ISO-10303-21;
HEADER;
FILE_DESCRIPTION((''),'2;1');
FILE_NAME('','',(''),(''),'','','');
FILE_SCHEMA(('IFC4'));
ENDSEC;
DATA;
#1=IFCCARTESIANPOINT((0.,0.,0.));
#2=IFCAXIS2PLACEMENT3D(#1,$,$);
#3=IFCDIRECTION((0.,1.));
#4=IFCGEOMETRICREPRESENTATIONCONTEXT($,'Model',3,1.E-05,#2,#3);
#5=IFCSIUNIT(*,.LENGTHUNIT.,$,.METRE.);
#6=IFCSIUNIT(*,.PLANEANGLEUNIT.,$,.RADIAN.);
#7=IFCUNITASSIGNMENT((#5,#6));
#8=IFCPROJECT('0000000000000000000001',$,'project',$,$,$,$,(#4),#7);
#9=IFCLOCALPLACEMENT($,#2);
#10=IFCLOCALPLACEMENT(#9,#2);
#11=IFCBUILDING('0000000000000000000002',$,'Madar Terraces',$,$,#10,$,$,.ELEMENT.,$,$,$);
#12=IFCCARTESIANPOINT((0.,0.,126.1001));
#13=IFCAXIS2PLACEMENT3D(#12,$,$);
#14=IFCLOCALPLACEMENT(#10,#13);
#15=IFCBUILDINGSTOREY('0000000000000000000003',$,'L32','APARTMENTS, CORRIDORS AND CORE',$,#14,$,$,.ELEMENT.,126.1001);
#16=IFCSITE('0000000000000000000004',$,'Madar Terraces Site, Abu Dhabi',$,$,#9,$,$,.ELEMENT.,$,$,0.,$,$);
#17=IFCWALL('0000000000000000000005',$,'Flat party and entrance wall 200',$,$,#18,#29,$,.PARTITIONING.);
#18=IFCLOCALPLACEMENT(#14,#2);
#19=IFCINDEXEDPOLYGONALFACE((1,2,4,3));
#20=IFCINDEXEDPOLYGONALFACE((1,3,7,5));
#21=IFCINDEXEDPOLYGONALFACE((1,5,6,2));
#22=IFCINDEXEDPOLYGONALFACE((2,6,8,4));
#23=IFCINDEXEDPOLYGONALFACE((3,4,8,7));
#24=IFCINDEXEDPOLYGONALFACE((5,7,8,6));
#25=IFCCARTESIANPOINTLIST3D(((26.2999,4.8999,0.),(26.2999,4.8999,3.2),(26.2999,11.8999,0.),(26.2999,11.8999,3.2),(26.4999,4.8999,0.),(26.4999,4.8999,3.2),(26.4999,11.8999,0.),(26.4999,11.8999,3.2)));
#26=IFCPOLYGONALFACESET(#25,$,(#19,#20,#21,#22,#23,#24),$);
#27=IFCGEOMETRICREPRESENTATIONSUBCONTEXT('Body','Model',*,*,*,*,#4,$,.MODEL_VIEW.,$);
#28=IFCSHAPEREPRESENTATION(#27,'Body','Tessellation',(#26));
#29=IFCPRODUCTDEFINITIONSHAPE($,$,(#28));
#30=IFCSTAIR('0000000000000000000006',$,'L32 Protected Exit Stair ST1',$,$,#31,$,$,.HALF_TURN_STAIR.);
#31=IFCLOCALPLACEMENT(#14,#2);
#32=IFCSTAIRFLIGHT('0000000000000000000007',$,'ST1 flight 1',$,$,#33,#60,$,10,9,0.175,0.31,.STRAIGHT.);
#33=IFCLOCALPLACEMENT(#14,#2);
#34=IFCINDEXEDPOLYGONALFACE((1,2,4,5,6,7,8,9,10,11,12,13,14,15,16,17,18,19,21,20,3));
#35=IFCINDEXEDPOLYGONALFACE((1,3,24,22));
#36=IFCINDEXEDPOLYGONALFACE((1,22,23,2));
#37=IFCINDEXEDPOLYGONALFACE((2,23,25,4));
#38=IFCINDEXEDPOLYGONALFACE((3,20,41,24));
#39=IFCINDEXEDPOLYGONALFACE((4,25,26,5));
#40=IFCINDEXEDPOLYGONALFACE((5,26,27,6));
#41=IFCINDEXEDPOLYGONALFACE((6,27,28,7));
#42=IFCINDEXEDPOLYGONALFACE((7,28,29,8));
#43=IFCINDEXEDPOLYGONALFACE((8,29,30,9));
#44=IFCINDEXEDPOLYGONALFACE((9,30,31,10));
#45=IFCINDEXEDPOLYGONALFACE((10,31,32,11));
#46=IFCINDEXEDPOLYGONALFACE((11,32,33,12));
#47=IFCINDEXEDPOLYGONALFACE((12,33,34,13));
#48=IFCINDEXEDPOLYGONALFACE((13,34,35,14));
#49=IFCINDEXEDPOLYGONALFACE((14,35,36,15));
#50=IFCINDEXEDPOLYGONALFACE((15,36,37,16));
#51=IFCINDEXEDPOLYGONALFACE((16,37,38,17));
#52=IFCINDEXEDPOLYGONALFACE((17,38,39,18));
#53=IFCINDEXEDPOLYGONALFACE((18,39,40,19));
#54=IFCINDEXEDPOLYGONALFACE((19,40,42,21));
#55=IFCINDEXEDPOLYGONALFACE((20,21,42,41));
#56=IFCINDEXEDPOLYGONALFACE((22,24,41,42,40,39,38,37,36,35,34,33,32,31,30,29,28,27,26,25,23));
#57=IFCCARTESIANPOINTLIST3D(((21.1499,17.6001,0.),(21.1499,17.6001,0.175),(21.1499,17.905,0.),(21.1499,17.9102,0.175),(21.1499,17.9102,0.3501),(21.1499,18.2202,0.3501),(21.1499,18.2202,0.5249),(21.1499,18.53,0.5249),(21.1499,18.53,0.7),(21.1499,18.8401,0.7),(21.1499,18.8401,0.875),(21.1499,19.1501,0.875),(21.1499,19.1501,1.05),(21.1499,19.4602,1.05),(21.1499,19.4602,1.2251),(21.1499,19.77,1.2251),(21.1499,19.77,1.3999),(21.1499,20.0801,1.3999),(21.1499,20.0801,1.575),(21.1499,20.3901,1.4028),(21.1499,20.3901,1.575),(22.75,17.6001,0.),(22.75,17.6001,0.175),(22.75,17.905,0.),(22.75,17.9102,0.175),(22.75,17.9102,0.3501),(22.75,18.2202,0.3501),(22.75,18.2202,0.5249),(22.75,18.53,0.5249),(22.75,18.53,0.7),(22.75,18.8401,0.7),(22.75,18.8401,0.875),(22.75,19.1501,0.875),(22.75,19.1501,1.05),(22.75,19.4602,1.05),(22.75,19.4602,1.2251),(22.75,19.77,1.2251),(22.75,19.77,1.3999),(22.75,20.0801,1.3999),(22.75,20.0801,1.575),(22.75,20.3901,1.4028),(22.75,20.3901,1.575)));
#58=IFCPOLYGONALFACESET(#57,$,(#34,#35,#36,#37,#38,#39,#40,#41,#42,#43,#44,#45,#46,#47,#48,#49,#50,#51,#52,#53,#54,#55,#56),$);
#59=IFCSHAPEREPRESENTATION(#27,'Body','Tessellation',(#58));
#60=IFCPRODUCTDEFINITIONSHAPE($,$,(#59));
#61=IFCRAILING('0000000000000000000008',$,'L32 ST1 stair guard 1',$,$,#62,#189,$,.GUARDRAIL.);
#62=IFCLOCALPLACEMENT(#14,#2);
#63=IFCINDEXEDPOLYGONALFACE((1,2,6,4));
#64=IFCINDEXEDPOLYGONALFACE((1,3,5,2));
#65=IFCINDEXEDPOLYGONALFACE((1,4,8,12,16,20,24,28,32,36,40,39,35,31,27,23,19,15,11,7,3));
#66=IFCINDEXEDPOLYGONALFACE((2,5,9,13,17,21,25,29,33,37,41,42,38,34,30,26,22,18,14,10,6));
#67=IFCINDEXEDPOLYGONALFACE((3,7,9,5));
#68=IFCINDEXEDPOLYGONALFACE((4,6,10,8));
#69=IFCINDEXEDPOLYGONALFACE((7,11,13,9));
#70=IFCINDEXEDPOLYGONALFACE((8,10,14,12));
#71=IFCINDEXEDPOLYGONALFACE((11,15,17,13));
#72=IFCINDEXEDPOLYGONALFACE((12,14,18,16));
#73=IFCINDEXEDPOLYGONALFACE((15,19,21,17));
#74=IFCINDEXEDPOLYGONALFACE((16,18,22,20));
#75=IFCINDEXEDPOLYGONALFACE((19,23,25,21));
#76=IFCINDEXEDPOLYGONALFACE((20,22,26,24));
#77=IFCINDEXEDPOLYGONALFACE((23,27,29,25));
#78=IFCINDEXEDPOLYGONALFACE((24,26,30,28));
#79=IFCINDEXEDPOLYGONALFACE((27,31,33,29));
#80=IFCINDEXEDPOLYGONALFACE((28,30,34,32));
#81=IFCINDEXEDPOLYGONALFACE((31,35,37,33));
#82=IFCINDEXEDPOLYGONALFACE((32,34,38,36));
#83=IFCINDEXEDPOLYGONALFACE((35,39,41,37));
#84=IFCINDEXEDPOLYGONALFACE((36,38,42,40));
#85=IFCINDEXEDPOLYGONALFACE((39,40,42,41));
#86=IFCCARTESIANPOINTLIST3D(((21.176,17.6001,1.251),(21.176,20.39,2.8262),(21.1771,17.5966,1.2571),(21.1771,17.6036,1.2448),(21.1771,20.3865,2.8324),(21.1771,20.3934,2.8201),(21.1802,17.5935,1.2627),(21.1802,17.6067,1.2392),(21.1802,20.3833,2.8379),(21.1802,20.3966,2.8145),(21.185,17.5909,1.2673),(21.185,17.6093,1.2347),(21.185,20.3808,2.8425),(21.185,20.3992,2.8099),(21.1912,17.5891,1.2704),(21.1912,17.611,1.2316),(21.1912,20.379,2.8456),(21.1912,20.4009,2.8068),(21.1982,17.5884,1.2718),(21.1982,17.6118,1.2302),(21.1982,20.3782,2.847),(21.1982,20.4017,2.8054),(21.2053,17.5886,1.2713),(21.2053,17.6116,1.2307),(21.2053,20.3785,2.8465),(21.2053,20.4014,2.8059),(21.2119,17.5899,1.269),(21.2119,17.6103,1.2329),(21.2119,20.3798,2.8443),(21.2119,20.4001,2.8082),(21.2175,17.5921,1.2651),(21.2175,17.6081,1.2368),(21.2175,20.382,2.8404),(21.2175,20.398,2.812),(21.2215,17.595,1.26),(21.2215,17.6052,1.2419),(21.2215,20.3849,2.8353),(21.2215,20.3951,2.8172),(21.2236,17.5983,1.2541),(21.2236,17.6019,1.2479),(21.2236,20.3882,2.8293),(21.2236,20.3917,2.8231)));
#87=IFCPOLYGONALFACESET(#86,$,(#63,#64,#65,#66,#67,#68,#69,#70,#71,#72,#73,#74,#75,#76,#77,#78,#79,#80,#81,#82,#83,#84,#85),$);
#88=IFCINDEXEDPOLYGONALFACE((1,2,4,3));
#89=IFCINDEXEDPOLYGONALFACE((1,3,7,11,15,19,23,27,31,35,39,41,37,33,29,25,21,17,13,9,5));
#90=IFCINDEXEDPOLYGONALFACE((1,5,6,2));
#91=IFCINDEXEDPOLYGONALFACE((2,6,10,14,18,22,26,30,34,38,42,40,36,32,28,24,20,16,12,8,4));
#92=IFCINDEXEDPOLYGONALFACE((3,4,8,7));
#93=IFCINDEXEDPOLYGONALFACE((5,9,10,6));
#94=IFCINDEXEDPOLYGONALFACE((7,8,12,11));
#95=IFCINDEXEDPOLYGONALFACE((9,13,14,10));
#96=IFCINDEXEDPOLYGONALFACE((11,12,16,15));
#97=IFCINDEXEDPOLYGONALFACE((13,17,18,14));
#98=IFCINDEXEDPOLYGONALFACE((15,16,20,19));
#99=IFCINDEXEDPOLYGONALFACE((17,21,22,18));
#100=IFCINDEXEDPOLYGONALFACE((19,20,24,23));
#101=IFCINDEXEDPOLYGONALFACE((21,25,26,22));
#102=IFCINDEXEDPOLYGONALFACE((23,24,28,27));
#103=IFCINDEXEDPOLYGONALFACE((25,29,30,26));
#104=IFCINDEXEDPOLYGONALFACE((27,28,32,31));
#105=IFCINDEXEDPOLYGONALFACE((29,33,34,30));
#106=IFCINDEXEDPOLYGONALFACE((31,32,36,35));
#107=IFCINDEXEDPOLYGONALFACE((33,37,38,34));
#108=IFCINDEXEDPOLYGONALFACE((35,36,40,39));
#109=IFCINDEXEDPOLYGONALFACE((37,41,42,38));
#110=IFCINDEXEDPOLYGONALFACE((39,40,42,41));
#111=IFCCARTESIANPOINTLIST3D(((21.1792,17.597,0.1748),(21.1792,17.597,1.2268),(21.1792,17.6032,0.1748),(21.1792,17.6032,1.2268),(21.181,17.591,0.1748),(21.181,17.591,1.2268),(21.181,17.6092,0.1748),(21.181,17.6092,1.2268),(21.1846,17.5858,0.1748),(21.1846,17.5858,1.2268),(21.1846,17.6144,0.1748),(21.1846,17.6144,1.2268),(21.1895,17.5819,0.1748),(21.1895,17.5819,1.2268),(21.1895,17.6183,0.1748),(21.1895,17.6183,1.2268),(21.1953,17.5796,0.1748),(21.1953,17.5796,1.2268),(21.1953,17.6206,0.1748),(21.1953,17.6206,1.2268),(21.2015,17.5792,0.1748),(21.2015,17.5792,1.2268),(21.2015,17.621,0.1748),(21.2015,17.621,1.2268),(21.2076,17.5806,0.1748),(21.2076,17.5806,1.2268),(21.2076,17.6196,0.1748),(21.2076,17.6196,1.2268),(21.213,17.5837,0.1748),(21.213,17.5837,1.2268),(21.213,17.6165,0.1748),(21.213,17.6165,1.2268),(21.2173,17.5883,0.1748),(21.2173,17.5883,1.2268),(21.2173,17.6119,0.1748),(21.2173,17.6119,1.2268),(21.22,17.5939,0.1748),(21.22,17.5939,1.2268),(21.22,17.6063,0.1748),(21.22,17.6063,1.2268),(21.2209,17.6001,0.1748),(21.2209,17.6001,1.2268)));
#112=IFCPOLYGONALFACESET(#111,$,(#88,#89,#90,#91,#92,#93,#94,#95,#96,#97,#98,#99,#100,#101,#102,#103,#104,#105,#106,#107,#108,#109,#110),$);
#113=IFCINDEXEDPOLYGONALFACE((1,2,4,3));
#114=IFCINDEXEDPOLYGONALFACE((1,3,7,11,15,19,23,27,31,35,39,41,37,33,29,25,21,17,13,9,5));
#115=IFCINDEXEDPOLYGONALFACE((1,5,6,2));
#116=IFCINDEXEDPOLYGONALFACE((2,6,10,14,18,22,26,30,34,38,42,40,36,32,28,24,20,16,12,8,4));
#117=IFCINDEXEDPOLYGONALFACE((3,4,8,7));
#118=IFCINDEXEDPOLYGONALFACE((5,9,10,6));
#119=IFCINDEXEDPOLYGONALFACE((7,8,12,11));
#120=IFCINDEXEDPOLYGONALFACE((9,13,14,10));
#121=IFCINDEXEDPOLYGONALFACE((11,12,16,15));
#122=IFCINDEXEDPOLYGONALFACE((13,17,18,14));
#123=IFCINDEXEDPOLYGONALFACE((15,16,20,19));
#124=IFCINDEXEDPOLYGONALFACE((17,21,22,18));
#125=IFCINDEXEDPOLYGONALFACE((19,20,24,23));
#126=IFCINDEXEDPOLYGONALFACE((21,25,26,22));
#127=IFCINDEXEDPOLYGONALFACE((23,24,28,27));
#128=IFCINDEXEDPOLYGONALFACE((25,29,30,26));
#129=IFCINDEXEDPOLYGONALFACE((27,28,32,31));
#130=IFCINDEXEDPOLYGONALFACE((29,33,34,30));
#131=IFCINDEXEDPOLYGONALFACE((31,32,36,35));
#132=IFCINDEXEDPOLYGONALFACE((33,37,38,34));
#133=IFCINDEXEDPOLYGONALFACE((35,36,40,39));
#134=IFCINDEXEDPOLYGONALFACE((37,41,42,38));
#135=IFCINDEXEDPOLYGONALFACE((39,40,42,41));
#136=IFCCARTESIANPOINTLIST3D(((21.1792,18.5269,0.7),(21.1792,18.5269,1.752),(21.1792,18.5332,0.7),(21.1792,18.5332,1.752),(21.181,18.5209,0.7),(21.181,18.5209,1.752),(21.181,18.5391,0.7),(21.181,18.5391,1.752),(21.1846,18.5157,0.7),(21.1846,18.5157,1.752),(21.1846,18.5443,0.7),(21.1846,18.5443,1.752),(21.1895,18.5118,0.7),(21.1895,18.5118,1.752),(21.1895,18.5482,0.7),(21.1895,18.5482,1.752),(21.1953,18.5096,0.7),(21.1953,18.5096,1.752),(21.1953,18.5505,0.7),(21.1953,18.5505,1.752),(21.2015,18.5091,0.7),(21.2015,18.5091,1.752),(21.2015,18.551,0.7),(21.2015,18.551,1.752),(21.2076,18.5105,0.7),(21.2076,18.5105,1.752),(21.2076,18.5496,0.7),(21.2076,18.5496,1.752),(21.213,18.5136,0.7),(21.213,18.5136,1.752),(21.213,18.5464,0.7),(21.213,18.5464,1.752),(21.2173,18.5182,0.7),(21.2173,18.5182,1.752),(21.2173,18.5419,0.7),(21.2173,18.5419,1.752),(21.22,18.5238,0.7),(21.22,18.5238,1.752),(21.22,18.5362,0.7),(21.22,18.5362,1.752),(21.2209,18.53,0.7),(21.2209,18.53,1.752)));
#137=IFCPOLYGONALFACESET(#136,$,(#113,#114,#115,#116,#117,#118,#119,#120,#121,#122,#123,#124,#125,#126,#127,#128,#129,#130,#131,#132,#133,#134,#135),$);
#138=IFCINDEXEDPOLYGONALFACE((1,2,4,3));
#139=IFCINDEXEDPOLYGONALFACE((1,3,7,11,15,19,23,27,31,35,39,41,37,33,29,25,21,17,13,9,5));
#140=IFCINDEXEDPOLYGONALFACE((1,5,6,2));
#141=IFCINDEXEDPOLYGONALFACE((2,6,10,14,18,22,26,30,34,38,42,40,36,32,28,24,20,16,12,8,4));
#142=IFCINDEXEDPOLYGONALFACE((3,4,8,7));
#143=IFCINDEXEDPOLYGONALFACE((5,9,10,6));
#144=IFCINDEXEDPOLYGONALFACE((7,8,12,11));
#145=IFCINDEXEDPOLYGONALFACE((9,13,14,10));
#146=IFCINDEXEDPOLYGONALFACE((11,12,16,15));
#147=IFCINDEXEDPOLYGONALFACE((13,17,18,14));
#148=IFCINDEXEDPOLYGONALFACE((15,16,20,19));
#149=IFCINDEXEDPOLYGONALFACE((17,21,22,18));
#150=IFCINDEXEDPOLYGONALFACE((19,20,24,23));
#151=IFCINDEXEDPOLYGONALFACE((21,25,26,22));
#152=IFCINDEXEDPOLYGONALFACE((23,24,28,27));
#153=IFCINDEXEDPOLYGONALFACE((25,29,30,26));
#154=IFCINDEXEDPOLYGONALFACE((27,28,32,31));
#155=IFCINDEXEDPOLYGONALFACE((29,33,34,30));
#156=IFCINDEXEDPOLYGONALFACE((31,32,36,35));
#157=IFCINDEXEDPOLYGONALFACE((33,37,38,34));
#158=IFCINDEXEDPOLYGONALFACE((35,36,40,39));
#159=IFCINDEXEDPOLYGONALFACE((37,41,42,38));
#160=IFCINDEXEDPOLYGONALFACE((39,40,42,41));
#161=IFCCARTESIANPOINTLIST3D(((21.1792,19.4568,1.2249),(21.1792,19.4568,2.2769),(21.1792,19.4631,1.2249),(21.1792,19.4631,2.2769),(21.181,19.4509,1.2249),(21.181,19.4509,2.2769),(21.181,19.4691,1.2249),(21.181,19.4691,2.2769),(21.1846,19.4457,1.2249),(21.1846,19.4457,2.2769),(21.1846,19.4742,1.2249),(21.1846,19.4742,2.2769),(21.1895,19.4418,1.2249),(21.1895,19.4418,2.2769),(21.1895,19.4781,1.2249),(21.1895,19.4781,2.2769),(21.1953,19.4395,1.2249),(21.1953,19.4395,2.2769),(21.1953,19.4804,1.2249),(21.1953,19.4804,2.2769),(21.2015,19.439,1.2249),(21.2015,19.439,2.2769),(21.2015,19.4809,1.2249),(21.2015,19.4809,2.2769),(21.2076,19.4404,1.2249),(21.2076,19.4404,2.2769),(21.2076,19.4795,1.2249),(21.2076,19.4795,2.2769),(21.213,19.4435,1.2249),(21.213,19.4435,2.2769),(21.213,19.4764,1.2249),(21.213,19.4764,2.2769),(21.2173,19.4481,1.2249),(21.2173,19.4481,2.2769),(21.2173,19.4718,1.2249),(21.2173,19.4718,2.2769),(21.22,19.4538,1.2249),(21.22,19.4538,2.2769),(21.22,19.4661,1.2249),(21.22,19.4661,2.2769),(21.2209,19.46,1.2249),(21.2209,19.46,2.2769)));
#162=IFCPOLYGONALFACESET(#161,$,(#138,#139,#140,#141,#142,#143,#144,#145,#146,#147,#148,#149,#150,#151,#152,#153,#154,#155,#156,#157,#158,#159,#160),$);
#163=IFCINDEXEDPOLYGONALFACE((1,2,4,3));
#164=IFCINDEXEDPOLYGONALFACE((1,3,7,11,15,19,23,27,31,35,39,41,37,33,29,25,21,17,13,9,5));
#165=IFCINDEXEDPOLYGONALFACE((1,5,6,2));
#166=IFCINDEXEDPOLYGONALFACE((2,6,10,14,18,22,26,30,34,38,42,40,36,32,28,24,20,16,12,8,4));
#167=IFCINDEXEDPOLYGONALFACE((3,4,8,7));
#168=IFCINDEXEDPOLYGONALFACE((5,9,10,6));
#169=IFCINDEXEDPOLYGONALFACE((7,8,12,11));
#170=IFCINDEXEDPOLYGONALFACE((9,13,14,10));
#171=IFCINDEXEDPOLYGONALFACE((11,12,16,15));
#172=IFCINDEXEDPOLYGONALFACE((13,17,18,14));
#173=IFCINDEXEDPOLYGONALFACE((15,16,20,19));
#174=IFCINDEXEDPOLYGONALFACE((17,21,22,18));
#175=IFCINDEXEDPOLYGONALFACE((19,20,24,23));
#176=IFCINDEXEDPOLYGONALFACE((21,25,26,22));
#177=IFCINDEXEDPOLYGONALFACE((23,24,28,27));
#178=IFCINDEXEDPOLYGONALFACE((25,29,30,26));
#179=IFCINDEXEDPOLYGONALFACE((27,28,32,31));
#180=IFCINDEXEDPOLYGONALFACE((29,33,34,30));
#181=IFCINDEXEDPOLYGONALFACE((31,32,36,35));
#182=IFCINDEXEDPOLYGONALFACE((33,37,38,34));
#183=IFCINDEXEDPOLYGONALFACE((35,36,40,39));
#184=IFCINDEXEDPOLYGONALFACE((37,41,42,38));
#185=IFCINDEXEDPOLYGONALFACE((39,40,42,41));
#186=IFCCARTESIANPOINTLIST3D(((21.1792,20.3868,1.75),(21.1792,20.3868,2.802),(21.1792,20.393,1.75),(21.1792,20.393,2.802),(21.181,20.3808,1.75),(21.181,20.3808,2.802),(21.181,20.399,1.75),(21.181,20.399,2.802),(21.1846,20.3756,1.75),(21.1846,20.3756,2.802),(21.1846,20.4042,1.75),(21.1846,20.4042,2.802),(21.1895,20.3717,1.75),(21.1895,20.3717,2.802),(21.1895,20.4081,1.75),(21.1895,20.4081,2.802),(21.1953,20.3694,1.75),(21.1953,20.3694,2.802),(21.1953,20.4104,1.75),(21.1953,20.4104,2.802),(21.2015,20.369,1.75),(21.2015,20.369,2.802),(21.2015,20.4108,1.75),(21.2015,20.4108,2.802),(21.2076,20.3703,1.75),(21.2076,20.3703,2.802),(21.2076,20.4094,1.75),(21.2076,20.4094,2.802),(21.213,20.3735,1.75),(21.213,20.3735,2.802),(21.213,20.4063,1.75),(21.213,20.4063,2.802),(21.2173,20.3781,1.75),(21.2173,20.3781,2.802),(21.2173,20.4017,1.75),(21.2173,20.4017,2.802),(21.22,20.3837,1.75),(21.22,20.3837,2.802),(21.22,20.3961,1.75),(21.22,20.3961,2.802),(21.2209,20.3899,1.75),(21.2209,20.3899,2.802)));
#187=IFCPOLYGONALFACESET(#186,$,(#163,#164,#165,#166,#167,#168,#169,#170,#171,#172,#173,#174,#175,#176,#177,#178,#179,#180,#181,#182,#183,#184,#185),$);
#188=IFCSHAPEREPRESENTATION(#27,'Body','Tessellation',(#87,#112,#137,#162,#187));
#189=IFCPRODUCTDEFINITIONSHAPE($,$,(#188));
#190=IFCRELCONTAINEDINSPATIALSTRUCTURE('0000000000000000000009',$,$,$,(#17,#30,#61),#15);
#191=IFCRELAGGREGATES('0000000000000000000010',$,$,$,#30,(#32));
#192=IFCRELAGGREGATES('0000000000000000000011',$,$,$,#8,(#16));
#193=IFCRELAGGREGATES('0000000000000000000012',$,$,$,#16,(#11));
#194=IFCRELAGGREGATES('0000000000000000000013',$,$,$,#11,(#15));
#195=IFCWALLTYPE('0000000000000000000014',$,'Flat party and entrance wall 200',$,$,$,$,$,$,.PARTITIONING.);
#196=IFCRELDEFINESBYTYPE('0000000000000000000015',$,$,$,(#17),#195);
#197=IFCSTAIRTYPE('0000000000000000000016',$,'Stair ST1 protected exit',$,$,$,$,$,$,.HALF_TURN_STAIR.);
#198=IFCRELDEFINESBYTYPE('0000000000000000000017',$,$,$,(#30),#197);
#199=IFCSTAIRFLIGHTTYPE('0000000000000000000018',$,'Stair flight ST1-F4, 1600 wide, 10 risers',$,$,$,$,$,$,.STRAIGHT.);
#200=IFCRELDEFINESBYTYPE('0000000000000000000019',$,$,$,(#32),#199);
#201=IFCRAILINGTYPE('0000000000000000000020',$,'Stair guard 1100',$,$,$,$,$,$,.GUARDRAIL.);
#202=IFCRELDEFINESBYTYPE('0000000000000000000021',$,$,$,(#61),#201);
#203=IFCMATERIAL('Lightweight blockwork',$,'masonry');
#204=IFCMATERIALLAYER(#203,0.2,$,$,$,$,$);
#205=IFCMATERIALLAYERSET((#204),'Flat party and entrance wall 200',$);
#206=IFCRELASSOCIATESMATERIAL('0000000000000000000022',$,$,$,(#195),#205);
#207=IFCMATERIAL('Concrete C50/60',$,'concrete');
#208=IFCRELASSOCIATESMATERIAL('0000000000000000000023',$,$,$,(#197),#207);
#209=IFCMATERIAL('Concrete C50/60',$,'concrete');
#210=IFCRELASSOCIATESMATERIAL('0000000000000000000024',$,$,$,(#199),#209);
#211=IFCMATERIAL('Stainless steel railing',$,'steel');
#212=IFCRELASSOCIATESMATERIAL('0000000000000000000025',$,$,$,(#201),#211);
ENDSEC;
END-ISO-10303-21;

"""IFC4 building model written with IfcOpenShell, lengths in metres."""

from ifc_helpers import new_model, si_unit, direction, frame, frame_2d, origin, origin_2d, place, context, subcontext, project, spatial, polyline, rectangle, circle, outline, extrude, material, layer, layer_set, type_object, element, aggregate, save


model = new_model("IFC4")

# Units and contexts
model_context = context("Model", 3, precision=1e-05, world=origin(), true_north=direction((0.0, 1.0)))
body_context = subcontext(model_context, "Body", "Model", "MODEL_VIEW")
ifc_project = project(units=[si_unit("LENGTHUNIT", "METRE"), si_unit("PLANEANGLEUNIT", "RADIAN")], contexts=[model_context])

# Site, building, storey
site_placement = place(None, origin())
site = spatial("IfcSite", under=ifc_project, at=site_placement, Name="Madar Terraces Site, Abu Dhabi", CompositionType="ELEMENT", RefElevation=0.0)
building_placement = place(site_placement, origin())
building = spatial("IfcBuilding", under=site, at=building_placement, Name="Madar Terraces", CompositionType="ELEMENT")
storey_placement = place(building_placement, frame((0.0, 0.0, 126.1001)))
storey = spatial("IfcBuildingStorey", under=building, at=storey_placement, Name="L32", Description="APARTMENTS, CORRIDORS AND CORE", CompositionType="ELEMENT", Elevation=126.1001)

# Wall
ifc_material_1 = material(Name="Lightweight blockwork", Category="masonry")
ifc_layer_1 = layer(ifc_material_1, 0.2)
ifc_layer_set_1 = layer_set([ifc_layer_1], Name="Flat party and entrance wall 200")
wall_type_1 = type_object("IfcWallType", Name="Flat party and entrance wall 200", PredefinedType="PARTITIONING", material=ifc_layer_set_1)
wall_1_placement = place(storey_placement, frame((26.3999, 11.8999, 0.0), z_axis=(0.0, 0.0, 1.0), x_axis=(0.0, -1.0, 0.0)))
element("IfcWall", 1, at=wall_1_placement, inside=storey, type_object=wall_type_1, Name="Flat party and entrance wall 200", PredefinedType="PARTITIONING", context=body_context, shape_type="SweptSolid", body=[
    extrude(rectangle(XDim=7.0, YDim=0.2, at=frame_2d((3.5, 0.0))), origin(), (0.0, 0.0, 1.0), 3.2),
])

# Stair, stair flight
ifc_material_2 = material(Name="Concrete C50/60", Category="concrete")
stair_type = type_object("IfcStairType", Name="Stair ST1 protected exit", PredefinedType="HALF_TURN_STAIR", material=ifc_material_2)
stair_placement = place(storey_placement, origin())
stair = element("IfcStair", 2, at=stair_placement, inside=storey, type_object=stair_type, Name="L32 Protected Exit Stair ST1", PredefinedType="HALF_TURN_STAIR")
ifc_material_3 = material(Name="Concrete C50/60", Category="concrete")
stair_flight_type = type_object("IfcStairFlightType", Name="Stair flight ST1-F4, 1600 wide, 10 risers", PredefinedType="STRAIGHT", material=ifc_material_3)
stair_flight_placement = place(storey_placement, frame((21.95, 17.6001, 0.0), z_axis=(0.0, 0.0, 1.0), x_axis=(0.0, 1.0, 0.0)))
stair_flight = element("IfcStairFlight", 3, at=stair_flight_placement, type_object=stair_flight_type, Name="ST1 flight 1", NumberOfRisers=10, NumberOfTreads=9, PredefinedType="STRAIGHT", RiserHeight=0.175, TreadLength=0.31, context=body_context, shape_type="SweptSolid", body=[
    extrude(outline(polyline([(0.0, 0.0), (0.0, 0.175), (0.3101, 0.175), (0.3101, 0.3501), (0.6201, 0.3501), (0.6201, 0.5249), (0.9299, 0.5249), (0.9299, 0.7), (1.24, 0.7), (1.24, 0.875), (1.55, 0.875), (1.55, 1.05), (1.8601, 1.05), (1.8601, 1.2251), (2.1699, 1.2251), (2.1699, 1.3999), (2.48, 1.3999), (2.48, 1.575), (2.79, 1.575), (2.79, 1.75), (2.79, 1.4028), (0.3049, 0.0), (0.0, 0.0)])), frame((0.0, 0.8, 0.0), z_axis=(0.0, -1.0, 0.0), x_axis=(1.0, 0.0, 0.0)), (0.0, 0.0, 1.0), 1.6001),
])
aggregate(stair, [stair_flight])

# Railing
ifc_material_4 = material(Name="Stainless steel railing", Category="steel")
railing_type_1 = type_object("IfcRailingType", Name="Stair guard 1100", PredefinedType="GUARDRAIL", material=ifc_material_4)
railing_1_placement = place(storey_placement, frame((21.2, 17.6001, 0.1748)))
element("IfcRailing", 4, at=railing_1_placement, inside=storey, type_object=railing_type_1, Name="L32 ST1 stair guard 1", PredefinedType="GUARDRAIL", context=body_context, shape_type="SweptSolid", body=[
    extrude(circle(Radius=0.0239, at=origin_2d()), frame((0.0, 0.0, 1.0762), z_axis=(0.0, 0.870783, 0.491668), x_axis=(-1.0, 0.0, 0.0)), (0.0, 0.0, 1.0), 3.2039),
    extrude(circle(Radius=0.021, at=origin_2d()), origin(), (0.0, 0.0, 1.0), 1.052),
    extrude(circle(Radius=0.021, at=origin_2d()), frame((0.0, 0.9299, 0.5251)), (0.0, 0.0, 1.0), 1.052),
    extrude(circle(Radius=0.021, at=origin_2d()), frame((0.0, 1.8599, 1.05)), (0.0, 0.0, 1.0), 1.052),
    extrude(circle(Radius=0.021, at=origin_2d()), frame((0.0, 2.7898, 1.5752)), (0.0, 0.0, 1.0), 1.052),
])

save(model, "model.ifc")
